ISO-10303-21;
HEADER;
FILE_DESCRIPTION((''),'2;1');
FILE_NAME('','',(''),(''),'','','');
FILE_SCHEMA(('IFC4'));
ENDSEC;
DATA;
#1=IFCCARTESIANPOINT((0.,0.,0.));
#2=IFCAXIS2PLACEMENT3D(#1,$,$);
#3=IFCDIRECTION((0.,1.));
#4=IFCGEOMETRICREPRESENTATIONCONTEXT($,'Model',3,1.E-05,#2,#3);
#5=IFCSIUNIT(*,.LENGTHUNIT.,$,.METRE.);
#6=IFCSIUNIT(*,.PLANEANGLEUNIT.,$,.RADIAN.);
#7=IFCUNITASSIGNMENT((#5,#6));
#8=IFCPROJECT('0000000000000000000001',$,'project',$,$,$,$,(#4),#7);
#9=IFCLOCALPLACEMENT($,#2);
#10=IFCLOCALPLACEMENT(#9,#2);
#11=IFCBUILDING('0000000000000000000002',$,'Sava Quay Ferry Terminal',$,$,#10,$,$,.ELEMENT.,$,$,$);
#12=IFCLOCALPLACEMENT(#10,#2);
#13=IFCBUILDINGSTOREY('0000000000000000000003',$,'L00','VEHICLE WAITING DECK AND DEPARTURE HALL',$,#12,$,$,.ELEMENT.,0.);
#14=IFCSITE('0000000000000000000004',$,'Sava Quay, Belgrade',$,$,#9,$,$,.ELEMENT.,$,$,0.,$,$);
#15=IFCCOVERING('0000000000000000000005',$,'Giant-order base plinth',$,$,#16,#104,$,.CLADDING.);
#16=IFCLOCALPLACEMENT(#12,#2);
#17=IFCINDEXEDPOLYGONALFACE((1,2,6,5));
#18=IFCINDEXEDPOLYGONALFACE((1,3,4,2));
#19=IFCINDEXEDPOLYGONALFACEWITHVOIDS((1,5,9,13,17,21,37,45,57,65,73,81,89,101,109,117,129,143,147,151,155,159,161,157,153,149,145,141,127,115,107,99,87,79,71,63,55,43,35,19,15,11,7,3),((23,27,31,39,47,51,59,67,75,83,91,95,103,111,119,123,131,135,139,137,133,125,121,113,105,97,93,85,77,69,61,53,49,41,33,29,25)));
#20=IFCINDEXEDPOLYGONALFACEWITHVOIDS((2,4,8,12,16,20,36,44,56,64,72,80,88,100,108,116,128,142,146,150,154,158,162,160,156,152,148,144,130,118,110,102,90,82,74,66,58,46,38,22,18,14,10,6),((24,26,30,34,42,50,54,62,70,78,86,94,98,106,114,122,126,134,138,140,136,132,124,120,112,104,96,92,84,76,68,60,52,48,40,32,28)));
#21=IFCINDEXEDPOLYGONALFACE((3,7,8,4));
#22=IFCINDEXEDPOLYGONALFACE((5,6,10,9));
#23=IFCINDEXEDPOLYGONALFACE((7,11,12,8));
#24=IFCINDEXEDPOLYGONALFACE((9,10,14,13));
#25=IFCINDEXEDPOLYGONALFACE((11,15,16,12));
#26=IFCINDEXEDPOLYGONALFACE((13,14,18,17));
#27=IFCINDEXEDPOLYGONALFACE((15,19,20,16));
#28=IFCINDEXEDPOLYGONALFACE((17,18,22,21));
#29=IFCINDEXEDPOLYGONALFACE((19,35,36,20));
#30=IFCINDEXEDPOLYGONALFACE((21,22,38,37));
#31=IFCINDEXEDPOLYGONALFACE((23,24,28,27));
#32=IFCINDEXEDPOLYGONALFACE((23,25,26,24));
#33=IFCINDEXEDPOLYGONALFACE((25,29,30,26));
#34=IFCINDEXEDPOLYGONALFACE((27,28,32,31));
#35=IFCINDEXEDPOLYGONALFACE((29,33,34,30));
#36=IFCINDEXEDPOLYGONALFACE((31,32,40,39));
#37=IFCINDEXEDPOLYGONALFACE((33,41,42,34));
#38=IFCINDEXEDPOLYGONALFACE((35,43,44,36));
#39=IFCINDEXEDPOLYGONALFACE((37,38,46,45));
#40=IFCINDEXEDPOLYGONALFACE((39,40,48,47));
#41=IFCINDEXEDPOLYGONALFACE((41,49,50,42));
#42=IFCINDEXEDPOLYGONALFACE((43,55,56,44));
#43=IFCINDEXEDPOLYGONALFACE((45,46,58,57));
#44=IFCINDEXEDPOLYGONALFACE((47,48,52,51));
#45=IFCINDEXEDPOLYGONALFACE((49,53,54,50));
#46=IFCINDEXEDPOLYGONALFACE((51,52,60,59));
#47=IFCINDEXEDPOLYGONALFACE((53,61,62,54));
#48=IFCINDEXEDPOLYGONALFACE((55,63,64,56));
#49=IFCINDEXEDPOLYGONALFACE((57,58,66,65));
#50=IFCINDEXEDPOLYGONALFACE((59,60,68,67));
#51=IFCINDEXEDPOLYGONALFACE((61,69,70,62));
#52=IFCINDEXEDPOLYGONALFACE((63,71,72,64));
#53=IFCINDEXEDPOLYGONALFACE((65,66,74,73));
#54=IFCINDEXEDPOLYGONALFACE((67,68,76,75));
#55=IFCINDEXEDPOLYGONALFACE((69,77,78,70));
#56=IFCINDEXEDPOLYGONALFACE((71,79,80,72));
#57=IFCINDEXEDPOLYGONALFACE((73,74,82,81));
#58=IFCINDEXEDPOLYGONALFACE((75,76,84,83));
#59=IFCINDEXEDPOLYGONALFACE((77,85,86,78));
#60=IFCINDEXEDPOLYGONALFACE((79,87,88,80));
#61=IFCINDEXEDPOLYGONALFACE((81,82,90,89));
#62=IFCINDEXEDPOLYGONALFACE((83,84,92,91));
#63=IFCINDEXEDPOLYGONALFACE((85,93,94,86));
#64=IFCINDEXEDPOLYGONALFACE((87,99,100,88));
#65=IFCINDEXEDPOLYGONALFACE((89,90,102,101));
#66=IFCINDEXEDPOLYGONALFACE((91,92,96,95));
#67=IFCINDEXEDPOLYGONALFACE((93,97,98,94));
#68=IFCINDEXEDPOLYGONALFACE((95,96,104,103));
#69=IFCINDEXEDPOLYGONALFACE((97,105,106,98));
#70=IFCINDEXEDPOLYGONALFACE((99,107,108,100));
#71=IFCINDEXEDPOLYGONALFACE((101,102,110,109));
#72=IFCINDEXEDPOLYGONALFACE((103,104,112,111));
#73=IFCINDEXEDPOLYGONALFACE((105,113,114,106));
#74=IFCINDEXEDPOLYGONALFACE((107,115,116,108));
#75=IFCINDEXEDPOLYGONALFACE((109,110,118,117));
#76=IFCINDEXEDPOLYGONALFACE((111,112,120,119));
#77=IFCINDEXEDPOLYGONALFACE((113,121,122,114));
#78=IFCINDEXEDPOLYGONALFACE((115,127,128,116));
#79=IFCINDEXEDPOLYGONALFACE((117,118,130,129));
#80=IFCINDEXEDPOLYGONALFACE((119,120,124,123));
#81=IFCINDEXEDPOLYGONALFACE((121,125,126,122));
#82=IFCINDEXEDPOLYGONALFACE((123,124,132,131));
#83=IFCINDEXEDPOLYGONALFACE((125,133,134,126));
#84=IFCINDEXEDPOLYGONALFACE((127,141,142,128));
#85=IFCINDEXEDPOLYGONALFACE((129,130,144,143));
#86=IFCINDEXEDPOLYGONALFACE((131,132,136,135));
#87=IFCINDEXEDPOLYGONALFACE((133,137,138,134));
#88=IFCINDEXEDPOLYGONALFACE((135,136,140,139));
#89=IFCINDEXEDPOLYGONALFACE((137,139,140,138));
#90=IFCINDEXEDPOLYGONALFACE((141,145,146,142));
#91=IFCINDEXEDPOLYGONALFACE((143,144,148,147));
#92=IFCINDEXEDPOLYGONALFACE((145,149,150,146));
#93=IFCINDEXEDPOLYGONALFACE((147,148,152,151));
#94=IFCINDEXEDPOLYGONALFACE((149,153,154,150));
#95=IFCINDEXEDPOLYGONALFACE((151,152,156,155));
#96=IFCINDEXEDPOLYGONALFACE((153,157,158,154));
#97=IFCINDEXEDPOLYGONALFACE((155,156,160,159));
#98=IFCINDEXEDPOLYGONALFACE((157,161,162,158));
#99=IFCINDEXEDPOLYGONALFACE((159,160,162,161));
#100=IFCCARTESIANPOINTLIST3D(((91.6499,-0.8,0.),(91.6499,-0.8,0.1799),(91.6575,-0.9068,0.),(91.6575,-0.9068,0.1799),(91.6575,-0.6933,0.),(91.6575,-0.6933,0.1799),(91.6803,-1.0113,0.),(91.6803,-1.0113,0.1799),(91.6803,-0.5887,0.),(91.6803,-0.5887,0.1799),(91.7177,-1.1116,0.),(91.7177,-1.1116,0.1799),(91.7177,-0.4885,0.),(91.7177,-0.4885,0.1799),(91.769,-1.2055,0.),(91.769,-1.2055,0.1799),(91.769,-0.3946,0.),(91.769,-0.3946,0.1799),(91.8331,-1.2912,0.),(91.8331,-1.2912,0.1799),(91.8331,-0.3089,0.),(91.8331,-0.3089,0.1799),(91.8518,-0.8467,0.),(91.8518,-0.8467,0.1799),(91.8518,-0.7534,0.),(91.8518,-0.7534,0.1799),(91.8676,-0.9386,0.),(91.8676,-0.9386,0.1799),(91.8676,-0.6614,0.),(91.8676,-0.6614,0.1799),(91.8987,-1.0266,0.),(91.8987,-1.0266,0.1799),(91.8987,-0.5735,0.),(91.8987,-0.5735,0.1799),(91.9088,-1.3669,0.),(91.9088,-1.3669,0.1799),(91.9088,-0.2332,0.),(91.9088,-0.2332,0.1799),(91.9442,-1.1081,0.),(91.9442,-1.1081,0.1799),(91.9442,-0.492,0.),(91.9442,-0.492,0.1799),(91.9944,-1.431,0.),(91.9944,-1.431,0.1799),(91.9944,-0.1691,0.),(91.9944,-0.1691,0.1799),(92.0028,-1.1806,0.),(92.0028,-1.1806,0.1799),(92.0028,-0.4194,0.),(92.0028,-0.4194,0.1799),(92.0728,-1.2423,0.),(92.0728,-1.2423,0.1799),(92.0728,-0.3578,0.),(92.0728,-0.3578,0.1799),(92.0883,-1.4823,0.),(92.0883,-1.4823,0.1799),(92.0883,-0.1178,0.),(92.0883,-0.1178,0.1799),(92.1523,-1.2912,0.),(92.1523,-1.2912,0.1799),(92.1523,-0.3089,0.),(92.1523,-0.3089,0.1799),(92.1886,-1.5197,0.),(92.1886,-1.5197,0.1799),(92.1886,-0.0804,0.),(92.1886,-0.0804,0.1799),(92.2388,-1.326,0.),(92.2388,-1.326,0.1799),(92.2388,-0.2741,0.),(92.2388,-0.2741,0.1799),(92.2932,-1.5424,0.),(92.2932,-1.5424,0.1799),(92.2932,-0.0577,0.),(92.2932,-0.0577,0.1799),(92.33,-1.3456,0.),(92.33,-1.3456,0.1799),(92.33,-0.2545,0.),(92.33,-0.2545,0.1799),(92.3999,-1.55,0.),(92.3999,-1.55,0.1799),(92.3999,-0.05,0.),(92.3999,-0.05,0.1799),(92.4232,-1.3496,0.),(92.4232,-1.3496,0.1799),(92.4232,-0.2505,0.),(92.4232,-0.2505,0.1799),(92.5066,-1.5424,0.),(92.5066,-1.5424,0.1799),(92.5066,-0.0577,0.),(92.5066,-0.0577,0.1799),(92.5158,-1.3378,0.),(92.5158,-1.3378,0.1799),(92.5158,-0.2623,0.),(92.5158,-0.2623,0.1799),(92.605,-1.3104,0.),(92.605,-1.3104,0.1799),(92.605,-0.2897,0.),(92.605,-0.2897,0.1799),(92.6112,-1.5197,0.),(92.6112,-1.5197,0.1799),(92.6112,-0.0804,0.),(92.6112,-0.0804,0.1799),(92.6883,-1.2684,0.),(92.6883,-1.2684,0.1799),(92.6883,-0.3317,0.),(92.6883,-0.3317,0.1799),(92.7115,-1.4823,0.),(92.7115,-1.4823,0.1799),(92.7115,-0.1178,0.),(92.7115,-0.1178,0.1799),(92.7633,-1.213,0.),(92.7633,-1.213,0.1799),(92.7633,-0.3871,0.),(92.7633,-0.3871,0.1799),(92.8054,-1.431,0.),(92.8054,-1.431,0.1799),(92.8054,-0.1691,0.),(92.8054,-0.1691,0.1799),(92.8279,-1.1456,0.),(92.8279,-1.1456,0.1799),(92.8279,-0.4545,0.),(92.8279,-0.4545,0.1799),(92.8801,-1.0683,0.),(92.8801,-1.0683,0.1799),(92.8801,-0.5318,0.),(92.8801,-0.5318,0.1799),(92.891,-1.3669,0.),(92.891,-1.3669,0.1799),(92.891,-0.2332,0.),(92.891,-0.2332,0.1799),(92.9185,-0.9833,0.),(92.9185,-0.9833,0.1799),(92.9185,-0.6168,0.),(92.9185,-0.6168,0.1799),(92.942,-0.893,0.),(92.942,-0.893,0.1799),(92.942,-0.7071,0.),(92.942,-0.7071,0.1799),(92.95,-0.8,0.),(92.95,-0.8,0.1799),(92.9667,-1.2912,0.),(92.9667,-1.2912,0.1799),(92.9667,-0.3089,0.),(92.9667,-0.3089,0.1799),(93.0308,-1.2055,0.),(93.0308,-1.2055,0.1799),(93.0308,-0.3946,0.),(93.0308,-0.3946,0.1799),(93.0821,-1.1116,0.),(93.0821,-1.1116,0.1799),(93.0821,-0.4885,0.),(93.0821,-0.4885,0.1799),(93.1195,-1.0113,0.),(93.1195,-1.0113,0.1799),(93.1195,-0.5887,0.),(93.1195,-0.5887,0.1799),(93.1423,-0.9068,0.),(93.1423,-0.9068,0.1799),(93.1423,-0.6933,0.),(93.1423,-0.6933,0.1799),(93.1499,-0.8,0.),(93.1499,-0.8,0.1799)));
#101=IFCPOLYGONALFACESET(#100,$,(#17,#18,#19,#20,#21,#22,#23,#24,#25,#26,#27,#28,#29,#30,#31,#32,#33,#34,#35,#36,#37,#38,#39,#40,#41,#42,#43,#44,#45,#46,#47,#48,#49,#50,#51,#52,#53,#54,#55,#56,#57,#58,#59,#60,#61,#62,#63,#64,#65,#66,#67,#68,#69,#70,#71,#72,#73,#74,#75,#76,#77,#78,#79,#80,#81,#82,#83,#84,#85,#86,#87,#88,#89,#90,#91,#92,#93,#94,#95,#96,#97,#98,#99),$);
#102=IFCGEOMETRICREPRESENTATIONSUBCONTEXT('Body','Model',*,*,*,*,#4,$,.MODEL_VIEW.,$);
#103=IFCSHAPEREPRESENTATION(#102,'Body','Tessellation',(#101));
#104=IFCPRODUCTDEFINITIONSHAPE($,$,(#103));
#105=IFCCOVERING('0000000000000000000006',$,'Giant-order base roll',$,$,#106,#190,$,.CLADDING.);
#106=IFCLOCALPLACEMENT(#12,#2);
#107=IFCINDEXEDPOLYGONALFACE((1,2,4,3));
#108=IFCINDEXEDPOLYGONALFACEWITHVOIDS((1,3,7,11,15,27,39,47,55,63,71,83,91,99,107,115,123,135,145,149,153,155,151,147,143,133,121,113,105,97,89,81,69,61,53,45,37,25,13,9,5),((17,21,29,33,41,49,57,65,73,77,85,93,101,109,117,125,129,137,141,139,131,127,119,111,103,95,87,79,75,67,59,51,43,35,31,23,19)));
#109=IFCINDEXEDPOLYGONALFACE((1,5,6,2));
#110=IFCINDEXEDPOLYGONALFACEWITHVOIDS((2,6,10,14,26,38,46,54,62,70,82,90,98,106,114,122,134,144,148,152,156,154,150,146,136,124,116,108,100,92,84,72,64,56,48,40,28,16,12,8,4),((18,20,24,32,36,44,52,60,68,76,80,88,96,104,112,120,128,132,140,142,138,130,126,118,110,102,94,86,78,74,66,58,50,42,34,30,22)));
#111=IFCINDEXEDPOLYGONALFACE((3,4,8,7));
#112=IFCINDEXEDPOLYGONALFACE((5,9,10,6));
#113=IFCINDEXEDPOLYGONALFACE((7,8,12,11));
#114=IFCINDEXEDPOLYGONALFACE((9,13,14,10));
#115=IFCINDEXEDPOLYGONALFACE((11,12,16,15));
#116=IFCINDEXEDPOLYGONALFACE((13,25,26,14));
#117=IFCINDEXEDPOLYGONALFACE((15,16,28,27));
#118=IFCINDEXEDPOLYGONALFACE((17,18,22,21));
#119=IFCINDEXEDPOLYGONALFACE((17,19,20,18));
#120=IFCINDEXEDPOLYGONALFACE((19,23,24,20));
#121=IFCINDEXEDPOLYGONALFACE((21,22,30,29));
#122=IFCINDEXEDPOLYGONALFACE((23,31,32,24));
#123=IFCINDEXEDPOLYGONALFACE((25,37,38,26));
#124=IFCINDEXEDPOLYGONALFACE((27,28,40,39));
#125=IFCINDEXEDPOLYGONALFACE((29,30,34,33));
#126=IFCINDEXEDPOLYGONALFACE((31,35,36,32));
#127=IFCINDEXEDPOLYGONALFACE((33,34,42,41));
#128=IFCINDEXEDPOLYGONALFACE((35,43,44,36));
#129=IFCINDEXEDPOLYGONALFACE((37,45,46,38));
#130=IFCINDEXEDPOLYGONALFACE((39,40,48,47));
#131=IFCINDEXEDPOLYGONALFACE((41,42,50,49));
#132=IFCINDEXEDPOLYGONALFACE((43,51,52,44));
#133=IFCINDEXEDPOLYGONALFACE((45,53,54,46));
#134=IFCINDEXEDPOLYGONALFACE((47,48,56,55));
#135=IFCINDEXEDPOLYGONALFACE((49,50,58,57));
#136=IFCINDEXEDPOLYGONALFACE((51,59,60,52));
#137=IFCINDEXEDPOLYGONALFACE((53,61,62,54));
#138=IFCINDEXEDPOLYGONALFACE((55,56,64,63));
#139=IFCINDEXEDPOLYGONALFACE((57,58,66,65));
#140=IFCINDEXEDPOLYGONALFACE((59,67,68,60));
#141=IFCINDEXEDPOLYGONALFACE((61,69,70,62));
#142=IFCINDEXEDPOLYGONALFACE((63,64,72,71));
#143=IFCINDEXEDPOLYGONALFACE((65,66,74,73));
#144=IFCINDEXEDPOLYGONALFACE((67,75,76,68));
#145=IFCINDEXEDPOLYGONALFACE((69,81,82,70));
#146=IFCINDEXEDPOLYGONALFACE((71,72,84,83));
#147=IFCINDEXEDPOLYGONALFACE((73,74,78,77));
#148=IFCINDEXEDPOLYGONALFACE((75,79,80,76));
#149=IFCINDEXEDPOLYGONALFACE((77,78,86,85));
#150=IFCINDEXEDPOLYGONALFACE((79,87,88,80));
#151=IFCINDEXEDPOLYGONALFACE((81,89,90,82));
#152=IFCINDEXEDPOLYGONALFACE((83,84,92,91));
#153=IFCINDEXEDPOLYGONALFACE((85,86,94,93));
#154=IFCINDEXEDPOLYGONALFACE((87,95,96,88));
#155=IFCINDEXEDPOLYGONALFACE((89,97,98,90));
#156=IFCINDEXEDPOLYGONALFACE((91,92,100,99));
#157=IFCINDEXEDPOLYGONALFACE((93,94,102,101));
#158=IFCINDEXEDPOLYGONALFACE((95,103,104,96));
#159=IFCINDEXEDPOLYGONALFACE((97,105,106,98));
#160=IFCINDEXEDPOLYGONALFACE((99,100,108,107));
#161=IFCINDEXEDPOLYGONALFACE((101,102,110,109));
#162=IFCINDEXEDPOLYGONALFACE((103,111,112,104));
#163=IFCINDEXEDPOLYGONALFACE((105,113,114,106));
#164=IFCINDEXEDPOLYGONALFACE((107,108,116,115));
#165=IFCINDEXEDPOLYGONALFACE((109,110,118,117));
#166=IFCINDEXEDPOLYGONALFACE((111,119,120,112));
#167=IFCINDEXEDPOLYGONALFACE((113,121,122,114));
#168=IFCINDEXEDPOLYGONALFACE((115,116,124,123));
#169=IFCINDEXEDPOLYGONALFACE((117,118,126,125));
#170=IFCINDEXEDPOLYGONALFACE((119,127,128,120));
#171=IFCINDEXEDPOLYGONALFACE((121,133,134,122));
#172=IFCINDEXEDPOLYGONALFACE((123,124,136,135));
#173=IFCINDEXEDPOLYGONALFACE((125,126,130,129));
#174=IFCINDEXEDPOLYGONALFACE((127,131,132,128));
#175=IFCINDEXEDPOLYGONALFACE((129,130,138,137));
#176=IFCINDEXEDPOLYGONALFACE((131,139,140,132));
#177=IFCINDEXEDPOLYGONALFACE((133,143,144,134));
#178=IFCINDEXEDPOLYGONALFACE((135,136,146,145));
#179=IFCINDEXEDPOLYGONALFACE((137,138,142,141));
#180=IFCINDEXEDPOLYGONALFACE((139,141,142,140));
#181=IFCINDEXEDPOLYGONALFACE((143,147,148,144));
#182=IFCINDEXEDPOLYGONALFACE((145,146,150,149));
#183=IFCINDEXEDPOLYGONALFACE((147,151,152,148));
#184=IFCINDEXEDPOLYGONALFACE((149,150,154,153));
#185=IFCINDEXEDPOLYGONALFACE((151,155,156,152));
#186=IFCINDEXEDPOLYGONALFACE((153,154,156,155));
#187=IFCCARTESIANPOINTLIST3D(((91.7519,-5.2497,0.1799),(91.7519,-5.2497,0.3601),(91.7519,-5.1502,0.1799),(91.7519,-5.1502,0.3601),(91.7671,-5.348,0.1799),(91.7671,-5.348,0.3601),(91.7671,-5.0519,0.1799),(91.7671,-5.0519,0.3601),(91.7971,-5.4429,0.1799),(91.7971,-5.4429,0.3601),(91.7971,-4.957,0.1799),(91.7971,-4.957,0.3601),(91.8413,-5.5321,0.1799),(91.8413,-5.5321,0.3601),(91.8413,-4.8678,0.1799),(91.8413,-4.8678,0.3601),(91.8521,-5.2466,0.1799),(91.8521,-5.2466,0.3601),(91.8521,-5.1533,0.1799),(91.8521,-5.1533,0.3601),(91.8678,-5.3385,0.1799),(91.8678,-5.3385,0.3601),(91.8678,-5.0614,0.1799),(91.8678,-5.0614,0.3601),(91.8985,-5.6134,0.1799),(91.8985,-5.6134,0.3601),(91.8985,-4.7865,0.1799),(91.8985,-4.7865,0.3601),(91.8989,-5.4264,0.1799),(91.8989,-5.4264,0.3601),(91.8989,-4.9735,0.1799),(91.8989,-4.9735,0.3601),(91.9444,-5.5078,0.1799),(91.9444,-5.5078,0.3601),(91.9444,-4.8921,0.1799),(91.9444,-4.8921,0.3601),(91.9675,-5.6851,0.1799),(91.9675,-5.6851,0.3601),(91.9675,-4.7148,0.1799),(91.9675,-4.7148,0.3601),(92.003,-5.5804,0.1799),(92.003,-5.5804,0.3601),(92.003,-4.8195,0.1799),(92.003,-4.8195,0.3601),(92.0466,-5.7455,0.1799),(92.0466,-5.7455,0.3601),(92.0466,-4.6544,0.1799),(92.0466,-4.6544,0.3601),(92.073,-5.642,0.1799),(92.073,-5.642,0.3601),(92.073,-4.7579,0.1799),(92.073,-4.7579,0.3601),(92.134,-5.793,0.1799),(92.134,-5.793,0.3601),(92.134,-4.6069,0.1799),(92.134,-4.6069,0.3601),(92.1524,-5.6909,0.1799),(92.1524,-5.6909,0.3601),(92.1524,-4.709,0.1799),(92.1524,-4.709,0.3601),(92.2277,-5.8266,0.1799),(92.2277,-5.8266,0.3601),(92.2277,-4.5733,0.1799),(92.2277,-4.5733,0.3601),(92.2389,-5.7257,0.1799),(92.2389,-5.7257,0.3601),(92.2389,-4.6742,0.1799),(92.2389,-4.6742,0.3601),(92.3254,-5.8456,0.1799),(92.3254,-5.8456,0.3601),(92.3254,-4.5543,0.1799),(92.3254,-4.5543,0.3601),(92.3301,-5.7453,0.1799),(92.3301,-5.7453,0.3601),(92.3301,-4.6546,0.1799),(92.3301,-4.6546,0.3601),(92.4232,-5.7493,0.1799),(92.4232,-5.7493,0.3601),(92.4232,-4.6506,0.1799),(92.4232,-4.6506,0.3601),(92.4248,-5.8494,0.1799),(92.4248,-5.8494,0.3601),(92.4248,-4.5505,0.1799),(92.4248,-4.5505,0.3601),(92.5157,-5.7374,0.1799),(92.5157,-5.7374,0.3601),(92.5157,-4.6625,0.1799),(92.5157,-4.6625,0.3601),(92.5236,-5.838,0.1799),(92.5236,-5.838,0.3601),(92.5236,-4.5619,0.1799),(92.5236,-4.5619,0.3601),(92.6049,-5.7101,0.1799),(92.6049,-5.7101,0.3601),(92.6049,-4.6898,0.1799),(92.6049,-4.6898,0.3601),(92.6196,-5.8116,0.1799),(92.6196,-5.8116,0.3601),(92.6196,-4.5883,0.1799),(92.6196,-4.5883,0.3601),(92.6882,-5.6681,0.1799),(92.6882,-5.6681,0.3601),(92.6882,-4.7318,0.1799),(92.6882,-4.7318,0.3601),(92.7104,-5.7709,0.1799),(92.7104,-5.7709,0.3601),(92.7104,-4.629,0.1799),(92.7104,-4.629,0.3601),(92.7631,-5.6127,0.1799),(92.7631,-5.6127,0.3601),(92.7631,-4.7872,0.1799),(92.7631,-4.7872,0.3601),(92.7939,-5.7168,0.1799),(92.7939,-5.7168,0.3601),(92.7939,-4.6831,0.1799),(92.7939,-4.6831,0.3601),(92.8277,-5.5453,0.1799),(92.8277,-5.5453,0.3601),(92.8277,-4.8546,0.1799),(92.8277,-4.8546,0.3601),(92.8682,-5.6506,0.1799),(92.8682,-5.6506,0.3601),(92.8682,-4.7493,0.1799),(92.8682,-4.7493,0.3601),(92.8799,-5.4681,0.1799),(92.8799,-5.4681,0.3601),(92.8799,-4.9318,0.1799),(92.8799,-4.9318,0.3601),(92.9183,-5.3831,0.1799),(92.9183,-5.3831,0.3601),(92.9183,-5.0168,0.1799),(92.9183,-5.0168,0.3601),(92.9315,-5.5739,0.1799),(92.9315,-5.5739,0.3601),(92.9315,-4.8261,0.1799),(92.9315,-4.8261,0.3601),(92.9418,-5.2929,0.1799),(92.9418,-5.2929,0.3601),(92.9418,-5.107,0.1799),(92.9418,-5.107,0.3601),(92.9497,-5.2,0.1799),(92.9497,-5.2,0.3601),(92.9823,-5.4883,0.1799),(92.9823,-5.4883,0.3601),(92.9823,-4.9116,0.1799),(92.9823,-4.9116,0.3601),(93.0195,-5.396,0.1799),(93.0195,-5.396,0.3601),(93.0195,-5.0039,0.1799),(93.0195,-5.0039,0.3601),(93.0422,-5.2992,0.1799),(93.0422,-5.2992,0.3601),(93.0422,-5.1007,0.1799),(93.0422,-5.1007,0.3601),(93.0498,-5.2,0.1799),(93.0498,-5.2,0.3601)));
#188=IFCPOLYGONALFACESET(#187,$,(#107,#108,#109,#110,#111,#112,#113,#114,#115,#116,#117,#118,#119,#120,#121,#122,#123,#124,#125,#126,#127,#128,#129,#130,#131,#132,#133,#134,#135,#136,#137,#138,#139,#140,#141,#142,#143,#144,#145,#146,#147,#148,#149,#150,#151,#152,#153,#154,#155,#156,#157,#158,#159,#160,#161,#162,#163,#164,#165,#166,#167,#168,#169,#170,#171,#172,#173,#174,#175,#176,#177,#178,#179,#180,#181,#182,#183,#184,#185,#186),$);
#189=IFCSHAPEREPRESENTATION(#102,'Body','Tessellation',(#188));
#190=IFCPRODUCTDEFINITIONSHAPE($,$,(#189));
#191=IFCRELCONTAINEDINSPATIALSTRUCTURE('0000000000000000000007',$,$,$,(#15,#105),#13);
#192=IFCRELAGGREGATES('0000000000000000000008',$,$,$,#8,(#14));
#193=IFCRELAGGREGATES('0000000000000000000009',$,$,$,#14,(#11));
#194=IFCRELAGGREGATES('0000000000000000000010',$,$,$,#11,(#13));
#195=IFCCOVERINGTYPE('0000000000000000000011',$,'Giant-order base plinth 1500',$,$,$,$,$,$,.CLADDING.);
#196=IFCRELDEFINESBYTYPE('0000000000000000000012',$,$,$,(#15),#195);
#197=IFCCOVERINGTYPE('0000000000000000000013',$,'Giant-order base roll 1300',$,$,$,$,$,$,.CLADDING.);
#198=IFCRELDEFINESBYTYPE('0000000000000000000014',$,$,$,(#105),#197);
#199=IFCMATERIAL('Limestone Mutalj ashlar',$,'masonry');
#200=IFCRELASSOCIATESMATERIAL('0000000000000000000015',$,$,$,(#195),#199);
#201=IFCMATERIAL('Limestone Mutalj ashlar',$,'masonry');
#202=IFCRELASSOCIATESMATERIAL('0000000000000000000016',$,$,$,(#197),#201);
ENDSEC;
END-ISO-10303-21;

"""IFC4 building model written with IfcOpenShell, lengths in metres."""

from ifc_helpers import new_model, si_unit, direction, frame, origin, origin_2d, place, context, subcontext, project, spatial, hollow_circle, extrude, material, material_profile, profile_set, type_object, element, save


model = new_model("IFC4")

# Units and contexts
model_context = context("Model", 3, precision=1e-05, world=origin(), true_north=direction((0.0, 1.0)))
body_context = subcontext(model_context, "Body", "Model", "MODEL_VIEW")
ifc_project = project(units=[si_unit("LENGTHUNIT", "METRE"), si_unit("PLANEANGLEUNIT", "RADIAN")], contexts=[model_context])

# Site, building, storey
site_placement = place(None, origin())
site = spatial("IfcSite", under=ifc_project, at=site_placement, Name="Sava Quay, Belgrade", CompositionType="ELEMENT", RefElevation=0.0)
building_placement = place(site_placement, origin())
building = spatial("IfcBuilding", under=site, at=building_placement, Name="Sava Quay Ferry Terminal", CompositionType="ELEMENT")
storey_placement = place(building_placement, origin())
storey = spatial("IfcBuildingStorey", under=building, at=storey_placement, Name="L00", Description="VEHICLE WAITING DECK AND DEPARTURE HALL", CompositionType="ELEMENT", Elevation=0.0)

# Coverings
ifc_material_1 = material(Name="Limestone Mutalj ashlar", Category="masonry")
ifc_material_profile_1 = material_profile(ifc_material_1, hollow_circle(Radius=0.75, WallThickness=0.2, at=origin_2d()), Name="Base plinth 1500")
ifc_profile_set_1 = profile_set([ifc_material_profile_1], Name="Limestone Mutalj ashlar")
covering_type_1 = type_object("IfcCoveringType", Name="Giant-order base plinth 1500", PredefinedType="CLADDING", material=ifc_profile_set_1)
for number, where, z_axis, x_axis, name in (
    (1, (92.3999, -0.8, 0.0), (0.0, 0.0, 1.0), (1.0, 0.0, 0.0), "Giant-order base plinth"),
):
    element("IfcCovering", number, at=place(storey_placement, frame(where, z_axis=z_axis, x_axis=x_axis)), inside=storey, type_object=covering_type_1, Name=name, PredefinedType="CLADDING", context=body_context, shape_type="SweptSolid", body=[
        extrude(hollow_circle(Radius=0.75, WallThickness=0.2, at=origin_2d()), origin(), (0.0, 0.0, 1.0), 0.1799),
    ])
ifc_material_2 = material(Name="Limestone Mutalj ashlar", Category="masonry")
ifc_material_profile_2 = material_profile(ifc_material_2, hollow_circle(Radius=0.6499, WallThickness=0.1001, at=origin_2d()), Name="Base roll 1300")
ifc_profile_set_2 = profile_set([ifc_material_profile_2], Name="Limestone Mutalj ashlar")
covering_type_2 = type_object("IfcCoveringType", Name="Giant-order base roll 1300", PredefinedType="CLADDING", material=ifc_profile_set_2)
for number, where, z_axis, x_axis, name in (
    (2, (92.3999, -5.2, 0.1799), (0.0, 0.0, 1.0), (1.0, 0.0, 0.0), "Giant-order base roll"),
):
    element("IfcCovering", number, at=place(storey_placement, frame(where, z_axis=z_axis, x_axis=x_axis)), inside=storey, type_object=covering_type_2, Name=name, PredefinedType="CLADDING", context=body_context, shape_type="SweptSolid", body=[
        extrude(hollow_circle(Radius=0.6499, WallThickness=0.1001, at=origin_2d()), origin(), (0.0, 0.0, 1.0), 0.1802),
    ])

save(model, "model.ifc")
